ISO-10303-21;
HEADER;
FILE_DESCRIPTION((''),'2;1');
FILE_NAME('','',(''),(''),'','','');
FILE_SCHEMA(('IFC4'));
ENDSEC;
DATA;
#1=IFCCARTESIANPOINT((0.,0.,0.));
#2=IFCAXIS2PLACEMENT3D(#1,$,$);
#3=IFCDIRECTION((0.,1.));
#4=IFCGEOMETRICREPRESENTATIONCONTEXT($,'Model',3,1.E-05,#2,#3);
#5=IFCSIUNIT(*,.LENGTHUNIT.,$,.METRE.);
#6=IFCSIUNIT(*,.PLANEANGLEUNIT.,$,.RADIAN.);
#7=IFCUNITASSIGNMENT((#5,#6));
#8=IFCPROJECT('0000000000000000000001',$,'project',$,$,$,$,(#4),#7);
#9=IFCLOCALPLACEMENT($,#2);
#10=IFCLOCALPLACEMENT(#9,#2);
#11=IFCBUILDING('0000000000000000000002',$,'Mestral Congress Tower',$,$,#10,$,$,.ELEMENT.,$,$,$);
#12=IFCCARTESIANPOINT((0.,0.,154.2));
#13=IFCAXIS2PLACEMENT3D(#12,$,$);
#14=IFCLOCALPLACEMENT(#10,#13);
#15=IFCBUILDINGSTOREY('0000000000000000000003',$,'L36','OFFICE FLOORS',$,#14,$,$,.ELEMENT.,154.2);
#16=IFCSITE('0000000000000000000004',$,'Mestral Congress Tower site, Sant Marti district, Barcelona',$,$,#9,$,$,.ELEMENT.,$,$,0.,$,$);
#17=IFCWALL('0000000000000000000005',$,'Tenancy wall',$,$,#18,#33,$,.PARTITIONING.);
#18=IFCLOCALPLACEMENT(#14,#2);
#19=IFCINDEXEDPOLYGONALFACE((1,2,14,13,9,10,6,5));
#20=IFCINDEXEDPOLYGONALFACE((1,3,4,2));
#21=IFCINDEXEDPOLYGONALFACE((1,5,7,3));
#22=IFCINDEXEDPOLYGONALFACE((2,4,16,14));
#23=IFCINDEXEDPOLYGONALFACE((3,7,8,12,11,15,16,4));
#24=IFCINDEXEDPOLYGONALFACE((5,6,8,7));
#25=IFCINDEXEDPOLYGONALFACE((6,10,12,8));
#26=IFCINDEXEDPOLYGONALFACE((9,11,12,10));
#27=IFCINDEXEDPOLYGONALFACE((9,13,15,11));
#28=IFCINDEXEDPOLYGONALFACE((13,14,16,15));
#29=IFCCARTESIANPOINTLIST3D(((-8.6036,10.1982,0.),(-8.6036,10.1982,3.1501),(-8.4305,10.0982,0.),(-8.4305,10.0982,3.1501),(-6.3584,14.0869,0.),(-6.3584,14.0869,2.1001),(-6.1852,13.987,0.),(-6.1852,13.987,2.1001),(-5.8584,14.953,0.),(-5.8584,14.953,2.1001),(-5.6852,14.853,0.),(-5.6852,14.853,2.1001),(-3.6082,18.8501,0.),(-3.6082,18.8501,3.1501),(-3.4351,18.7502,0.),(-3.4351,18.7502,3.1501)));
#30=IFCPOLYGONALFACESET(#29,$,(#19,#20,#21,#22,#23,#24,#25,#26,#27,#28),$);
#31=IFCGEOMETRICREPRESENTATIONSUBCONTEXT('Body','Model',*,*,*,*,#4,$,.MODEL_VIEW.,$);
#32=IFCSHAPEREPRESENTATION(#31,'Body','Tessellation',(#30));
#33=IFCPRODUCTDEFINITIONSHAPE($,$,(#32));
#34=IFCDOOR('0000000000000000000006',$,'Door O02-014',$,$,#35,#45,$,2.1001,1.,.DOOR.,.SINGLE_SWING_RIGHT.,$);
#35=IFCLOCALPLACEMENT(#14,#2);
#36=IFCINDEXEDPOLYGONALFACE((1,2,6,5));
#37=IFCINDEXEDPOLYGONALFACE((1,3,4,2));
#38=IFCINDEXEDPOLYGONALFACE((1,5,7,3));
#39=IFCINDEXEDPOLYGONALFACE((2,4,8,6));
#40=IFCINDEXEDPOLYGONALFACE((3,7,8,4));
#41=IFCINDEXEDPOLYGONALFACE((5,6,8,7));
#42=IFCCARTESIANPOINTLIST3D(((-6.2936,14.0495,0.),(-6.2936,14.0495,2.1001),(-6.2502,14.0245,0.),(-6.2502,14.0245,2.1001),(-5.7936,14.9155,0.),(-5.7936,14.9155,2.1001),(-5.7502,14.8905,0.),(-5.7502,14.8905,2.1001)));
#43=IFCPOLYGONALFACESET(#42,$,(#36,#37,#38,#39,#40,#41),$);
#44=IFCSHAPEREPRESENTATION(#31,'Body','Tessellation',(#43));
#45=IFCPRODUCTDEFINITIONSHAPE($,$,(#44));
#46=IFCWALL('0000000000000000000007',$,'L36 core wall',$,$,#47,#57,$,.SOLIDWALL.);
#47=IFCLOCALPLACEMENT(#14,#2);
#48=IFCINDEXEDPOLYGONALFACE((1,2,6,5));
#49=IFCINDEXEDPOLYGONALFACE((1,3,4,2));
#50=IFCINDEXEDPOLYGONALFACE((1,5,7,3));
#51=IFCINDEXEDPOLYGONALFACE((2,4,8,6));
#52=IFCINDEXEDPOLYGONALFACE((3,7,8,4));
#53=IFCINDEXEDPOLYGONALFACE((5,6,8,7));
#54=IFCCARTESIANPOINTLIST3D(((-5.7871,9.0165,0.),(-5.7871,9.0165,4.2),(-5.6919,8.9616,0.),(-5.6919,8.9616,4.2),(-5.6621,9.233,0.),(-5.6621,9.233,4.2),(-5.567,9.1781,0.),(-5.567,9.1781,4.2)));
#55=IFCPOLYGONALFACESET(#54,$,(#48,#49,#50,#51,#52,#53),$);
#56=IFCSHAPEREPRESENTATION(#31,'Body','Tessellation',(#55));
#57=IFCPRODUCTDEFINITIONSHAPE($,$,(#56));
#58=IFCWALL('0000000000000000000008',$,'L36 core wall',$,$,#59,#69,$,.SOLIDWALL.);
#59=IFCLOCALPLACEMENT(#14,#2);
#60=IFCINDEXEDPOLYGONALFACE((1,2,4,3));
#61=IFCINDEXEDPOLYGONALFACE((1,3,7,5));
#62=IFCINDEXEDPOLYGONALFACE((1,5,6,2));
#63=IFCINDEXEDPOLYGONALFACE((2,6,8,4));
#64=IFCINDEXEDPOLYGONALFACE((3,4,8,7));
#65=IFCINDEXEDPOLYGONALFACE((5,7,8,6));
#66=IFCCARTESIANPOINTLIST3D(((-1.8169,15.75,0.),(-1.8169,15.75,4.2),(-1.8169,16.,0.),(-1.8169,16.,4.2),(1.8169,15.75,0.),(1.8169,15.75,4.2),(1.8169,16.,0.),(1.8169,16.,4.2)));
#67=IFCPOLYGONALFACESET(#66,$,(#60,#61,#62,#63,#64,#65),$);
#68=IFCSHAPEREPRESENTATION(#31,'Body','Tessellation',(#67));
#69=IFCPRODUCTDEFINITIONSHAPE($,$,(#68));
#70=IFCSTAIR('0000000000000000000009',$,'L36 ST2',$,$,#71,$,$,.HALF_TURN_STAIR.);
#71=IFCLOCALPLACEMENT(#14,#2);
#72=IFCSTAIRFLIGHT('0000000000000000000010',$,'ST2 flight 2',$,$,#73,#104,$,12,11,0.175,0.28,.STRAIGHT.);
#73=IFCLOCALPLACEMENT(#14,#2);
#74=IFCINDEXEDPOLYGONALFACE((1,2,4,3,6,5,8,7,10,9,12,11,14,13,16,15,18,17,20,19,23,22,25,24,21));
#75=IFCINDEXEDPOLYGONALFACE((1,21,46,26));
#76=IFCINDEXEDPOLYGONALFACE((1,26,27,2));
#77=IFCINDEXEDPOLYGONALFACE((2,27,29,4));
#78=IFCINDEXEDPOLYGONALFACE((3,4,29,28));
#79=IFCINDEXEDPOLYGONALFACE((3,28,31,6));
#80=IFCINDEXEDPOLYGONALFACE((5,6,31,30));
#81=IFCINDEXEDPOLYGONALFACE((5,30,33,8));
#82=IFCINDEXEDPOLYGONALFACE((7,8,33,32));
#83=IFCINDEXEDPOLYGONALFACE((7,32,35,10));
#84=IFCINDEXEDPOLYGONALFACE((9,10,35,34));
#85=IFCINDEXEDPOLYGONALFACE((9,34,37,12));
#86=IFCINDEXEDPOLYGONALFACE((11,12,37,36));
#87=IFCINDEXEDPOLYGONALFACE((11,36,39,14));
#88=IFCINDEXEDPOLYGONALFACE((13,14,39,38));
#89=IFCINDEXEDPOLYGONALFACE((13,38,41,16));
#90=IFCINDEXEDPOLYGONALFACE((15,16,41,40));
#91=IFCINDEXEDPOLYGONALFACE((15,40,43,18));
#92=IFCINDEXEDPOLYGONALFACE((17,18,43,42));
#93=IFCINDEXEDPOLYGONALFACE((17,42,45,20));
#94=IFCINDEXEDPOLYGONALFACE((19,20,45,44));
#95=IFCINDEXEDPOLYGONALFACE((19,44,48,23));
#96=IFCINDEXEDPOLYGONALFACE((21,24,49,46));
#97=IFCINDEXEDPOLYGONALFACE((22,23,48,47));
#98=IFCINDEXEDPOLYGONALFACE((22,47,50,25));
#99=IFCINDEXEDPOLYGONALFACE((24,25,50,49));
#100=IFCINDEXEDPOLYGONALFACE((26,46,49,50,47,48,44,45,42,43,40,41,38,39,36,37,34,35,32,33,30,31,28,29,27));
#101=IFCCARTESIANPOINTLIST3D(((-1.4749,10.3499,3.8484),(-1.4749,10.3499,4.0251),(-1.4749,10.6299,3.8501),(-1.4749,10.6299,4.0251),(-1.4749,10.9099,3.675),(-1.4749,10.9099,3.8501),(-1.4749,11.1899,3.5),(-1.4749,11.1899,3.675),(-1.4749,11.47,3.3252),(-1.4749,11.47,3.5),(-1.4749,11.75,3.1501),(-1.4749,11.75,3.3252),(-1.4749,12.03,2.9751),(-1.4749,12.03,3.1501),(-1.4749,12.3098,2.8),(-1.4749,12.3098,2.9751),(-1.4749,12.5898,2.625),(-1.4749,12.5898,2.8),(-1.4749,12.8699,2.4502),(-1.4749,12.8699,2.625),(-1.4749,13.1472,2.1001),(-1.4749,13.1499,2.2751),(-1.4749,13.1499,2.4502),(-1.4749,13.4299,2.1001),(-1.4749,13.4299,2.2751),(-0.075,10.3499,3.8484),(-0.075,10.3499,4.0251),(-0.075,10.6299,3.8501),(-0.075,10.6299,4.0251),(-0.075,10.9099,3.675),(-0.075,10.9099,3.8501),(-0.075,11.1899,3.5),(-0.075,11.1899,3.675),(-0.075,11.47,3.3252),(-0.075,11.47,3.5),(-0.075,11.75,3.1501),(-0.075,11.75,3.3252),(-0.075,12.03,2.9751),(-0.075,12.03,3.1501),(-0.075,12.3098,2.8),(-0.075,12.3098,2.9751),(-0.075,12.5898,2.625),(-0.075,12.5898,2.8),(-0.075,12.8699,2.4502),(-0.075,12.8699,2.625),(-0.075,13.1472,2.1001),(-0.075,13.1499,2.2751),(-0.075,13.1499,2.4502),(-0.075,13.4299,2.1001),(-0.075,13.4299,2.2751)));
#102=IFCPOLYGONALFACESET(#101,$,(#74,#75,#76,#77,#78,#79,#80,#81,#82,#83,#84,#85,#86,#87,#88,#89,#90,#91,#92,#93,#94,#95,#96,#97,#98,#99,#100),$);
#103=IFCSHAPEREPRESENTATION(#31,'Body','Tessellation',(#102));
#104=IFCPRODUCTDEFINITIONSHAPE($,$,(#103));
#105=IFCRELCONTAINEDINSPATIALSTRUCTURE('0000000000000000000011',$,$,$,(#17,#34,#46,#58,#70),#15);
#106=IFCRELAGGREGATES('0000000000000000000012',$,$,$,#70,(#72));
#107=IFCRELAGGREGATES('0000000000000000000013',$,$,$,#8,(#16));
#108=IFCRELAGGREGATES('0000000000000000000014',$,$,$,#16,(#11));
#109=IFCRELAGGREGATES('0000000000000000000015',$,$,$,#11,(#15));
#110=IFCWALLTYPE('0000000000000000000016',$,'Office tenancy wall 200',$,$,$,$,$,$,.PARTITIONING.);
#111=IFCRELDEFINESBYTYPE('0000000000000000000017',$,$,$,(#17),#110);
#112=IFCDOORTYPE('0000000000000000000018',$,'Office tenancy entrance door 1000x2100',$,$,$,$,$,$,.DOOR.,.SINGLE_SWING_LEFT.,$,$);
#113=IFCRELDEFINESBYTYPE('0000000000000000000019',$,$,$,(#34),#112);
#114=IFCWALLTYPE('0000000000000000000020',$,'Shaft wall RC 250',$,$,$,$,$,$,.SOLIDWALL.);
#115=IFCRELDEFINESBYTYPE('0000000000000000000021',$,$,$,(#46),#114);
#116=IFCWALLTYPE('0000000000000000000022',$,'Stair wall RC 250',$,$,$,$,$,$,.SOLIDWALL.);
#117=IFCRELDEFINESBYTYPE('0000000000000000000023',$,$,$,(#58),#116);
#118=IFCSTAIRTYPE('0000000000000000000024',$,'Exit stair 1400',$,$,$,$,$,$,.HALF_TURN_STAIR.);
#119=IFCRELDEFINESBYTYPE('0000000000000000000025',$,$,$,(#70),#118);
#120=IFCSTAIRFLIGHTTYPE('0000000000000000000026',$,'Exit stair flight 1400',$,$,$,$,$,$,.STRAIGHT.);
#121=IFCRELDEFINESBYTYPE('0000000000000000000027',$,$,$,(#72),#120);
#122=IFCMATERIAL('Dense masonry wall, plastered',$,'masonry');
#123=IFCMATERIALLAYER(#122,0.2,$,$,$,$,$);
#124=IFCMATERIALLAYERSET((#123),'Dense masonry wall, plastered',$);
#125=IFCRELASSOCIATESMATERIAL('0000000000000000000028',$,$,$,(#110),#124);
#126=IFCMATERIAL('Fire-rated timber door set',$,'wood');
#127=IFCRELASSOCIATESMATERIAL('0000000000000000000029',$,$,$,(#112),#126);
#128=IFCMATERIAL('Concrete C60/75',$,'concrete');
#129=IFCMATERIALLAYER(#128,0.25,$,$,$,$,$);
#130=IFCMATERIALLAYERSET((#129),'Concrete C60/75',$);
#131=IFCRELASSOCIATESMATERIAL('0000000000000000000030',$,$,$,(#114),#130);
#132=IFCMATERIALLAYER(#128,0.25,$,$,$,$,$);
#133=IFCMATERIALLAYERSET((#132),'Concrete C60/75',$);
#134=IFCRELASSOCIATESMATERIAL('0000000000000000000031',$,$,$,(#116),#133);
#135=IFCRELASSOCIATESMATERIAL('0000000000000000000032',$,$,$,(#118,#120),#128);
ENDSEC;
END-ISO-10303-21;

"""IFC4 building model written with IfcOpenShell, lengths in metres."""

from ifc_helpers import new_model, si_unit, direction, frame, frame_2d, origin, place, context, subcontext, project, spatial, polyline, rectangle, outline, extrude, material, layer, layer_set, type_object, element, fill, aggregate, save


model = new_model("IFC4")

# Units and contexts
model_context = context("Model", 3, precision=1e-05, world=origin(), true_north=direction((0.0, 1.0)))
body_context = subcontext(model_context, "Body", "Model", "MODEL_VIEW")
ifc_project = project(units=[si_unit("LENGTHUNIT", "METRE"), si_unit("PLANEANGLEUNIT", "RADIAN")], contexts=[model_context])

# Site, building, storey
site_placement = place(None, origin())
site = spatial("IfcSite", under=ifc_project, at=site_placement, Name="Mestral Congress Tower site, Sant Marti district, Barcelona", CompositionType="ELEMENT", RefElevation=0.0)
building_placement = place(site_placement, origin())
building = spatial("IfcBuilding", under=site, at=building_placement, Name="Mestral Congress Tower", CompositionType="ELEMENT")
storey_placement = place(building_placement, frame((0.0, 0.0, 154.2)))
storey = spatial("IfcBuildingStorey", under=building, at=storey_placement, Name="L36", Description="OFFICE FLOORS", CompositionType="ELEMENT", Elevation=154.2)

# Shared definitions
ifc_material_1 = material(Name="Concrete C60/75", Category="concrete")

# Shared definitions
ifc_material_2 = material(Name="Dense masonry wall, plastered", Category="masonry")
ifc_layer_1 = layer(ifc_material_2, 0.2)
ifc_layer_set_1 = layer_set([ifc_layer_1], Name="Dense masonry wall, plastered")
wall_type_1 = type_object("IfcWallType", Name="Office tenancy wall 200", PredefinedType="PARTITIONING", material=ifc_layer_set_1)

# Wall, opening, door
wall_1_placement = place(storey_placement, frame((-3.5217, 18.8, 0.0), z_axis=(0.0, 0.0, 1.0), x_axis=(-0.500016, -0.866016, 0.0)))
wall_1 = element("IfcWall", 1, at=wall_1_placement, inside=storey, type_object=wall_type_1, Name="Tenancy wall", PredefinedType="PARTITIONING", context=body_context, shape_type="SweptSolid", body=[
    extrude(rectangle(XDim=9.9905, YDim=0.2, at=frame_2d((4.9951, 0.0))), origin(), (0.0, 0.0, 1.0), 3.1501),
])
opening_1_placement = place(wall_1_placement, frame((4.5, 0.0, 0.0)))
opening_1 = element("IfcOpeningElement", 2, at=opening_1_placement, cuts=wall_1, PredefinedType="OPENING", context=body_context, shape_type="SweptSolid", body=[
    extrude(rectangle(XDim=1.0, YDim=2.1001, at=frame_2d((0.5, 1.05))), frame((0.0, 0.1099, 0.0), z_axis=(0.0, -1.0, 0.0), x_axis=(1.0, 0.0, 0.0)), (0.0, 0.0, 1.0), 0.22),
])
ifc_material_3 = material(Name="Fire-rated timber door set", Category="wood")
door_type_1 = type_object("IfcDoorType", Name="Office tenancy entrance door 1000x2100", OperationType="SINGLE_SWING_LEFT", PredefinedType="DOOR", material=ifc_material_3)
door_1_placement = place(opening_1_placement, origin())
door_1 = element("IfcDoor", 3, at=door_1_placement, inside=storey, type_object=door_type_1, Name="Door O02-014", OperationType="SINGLE_SWING_RIGHT", OverallHeight=2.1001, OverallWidth=1.0, PredefinedType="DOOR", context=body_context, shape_type="SweptSolid", body=[
    extrude(rectangle(XDim=1.0, YDim=2.1001, at=frame_2d((0.5, 1.05))), frame((0.0, 0.0249, 0.0), z_axis=(0.0, -1.0, 0.0), x_axis=(1.0, 0.0, 0.0)), (0.0, 0.0, 1.0), 0.05),
])
fill(opening_1, door_1)

# Walls
ifc_layer_2 = layer(ifc_material_1, 0.25)
ifc_layer_set_2 = layer_set([ifc_layer_2], Name="Concrete C60/75")
wall_type_2 = type_object("IfcWallType", Name="Shaft wall RC 250", PredefinedType="SOLIDWALL", material=ifc_layer_set_2)
wall_2_placement = place(storey_placement, frame((-5.7246, 9.1248, 0.0), z_axis=(0.0, 0.0, 1.0), x_axis=(0.866186, -0.499722, 0.0)))
element("IfcWall", 4, at=wall_2_placement, inside=storey, type_object=wall_type_2, Name="L36 core wall", PredefinedType="SOLIDWALL", context=body_context, shape_type="SweptSolid", body=[
    extrude(rectangle(XDim=0.1099, YDim=0.25, at=frame_2d((0.0549, 0.0))), origin(), (0.0, 0.0, 1.0), 4.2),
])
ifc_layer_3 = layer(ifc_material_1, 0.25)
ifc_layer_set_3 = layer_set([ifc_layer_3], Name="Concrete C60/75")
wall_type_3 = type_object("IfcWallType", Name="Stair wall RC 250", PredefinedType="SOLIDWALL", material=ifc_layer_set_3)
wall_3_placement = place(storey_placement, frame((-1.8169, 15.875, 0.0), z_axis=(0.0, 0.0, 1.0), x_axis=(1.0, 0.0, 0.0)))
element("IfcWall", 5, at=wall_3_placement, inside=storey, type_object=wall_type_3, Name="L36 core wall", PredefinedType="SOLIDWALL", context=body_context, shape_type="SweptSolid", body=[
    extrude(rectangle(XDim=3.6338, YDim=0.25, at=frame_2d((1.8169, 0.0))), origin(), (0.0, 0.0, 1.0), 4.2),
])

# Stair, stair flight
stair_type = type_object("IfcStairType", Name="Exit stair 1400", PredefinedType="HALF_TURN_STAIR", material=ifc_material_1)
stair_placement = place(storey_placement, origin())
stair = element("IfcStair", 6, at=stair_placement, inside=storey, type_object=stair_type, Name="L36 ST2", PredefinedType="HALF_TURN_STAIR")
stair_flight_type = type_object("IfcStairFlightType", Name="Exit stair flight 1400", PredefinedType="STRAIGHT", material=ifc_material_1)
stair_flight_placement = place(storey_placement, frame((-0.7749, 13.4299, 2.1001), z_axis=(0.0, 0.0, 1.0), x_axis=(0.0, -1.0, 0.0)))
stair_flight = element("IfcStairFlight", 7, at=stair_flight_placement, type_object=stair_flight_type, Name="ST2 flight 2", NumberOfRisers=12, NumberOfTreads=11, PredefinedType="STRAIGHT", RiserHeight=0.175, TreadLength=0.28, context=body_context, shape_type="SweptSolid", body=[
    extrude(outline(polyline([(0.0, 0.0), (0.0, 0.175), (0.28, 0.175), (0.28, 0.3501), (0.5601, 0.3501), (0.5601, 0.5249), (0.8401, 0.5249), (0.8401, 0.7), (1.1201, 0.7), (1.1201, 0.875), (1.3999, 0.875), (1.3999, 1.05), (1.6799, 1.05), (1.6799, 1.2251), (1.96, 1.2251), (1.96, 1.3999), (2.24, 1.3999), (2.24, 1.575), (2.52, 1.575), (2.52, 1.75), (2.8, 1.75), (2.8, 1.925), (3.0801, 1.925), (3.0801, 2.1001), (3.0801, 1.7483), (0.2827, 0.0), (0.0, 0.0)])), frame((0.0, 0.7, 0.0), z_axis=(0.0, -1.0, 0.0), x_axis=(1.0, 0.0, 0.0)), (0.0, 0.0, 1.0), 1.3999),
])
aggregate(stair, [stair_flight])

save(model, "model.ifc")
